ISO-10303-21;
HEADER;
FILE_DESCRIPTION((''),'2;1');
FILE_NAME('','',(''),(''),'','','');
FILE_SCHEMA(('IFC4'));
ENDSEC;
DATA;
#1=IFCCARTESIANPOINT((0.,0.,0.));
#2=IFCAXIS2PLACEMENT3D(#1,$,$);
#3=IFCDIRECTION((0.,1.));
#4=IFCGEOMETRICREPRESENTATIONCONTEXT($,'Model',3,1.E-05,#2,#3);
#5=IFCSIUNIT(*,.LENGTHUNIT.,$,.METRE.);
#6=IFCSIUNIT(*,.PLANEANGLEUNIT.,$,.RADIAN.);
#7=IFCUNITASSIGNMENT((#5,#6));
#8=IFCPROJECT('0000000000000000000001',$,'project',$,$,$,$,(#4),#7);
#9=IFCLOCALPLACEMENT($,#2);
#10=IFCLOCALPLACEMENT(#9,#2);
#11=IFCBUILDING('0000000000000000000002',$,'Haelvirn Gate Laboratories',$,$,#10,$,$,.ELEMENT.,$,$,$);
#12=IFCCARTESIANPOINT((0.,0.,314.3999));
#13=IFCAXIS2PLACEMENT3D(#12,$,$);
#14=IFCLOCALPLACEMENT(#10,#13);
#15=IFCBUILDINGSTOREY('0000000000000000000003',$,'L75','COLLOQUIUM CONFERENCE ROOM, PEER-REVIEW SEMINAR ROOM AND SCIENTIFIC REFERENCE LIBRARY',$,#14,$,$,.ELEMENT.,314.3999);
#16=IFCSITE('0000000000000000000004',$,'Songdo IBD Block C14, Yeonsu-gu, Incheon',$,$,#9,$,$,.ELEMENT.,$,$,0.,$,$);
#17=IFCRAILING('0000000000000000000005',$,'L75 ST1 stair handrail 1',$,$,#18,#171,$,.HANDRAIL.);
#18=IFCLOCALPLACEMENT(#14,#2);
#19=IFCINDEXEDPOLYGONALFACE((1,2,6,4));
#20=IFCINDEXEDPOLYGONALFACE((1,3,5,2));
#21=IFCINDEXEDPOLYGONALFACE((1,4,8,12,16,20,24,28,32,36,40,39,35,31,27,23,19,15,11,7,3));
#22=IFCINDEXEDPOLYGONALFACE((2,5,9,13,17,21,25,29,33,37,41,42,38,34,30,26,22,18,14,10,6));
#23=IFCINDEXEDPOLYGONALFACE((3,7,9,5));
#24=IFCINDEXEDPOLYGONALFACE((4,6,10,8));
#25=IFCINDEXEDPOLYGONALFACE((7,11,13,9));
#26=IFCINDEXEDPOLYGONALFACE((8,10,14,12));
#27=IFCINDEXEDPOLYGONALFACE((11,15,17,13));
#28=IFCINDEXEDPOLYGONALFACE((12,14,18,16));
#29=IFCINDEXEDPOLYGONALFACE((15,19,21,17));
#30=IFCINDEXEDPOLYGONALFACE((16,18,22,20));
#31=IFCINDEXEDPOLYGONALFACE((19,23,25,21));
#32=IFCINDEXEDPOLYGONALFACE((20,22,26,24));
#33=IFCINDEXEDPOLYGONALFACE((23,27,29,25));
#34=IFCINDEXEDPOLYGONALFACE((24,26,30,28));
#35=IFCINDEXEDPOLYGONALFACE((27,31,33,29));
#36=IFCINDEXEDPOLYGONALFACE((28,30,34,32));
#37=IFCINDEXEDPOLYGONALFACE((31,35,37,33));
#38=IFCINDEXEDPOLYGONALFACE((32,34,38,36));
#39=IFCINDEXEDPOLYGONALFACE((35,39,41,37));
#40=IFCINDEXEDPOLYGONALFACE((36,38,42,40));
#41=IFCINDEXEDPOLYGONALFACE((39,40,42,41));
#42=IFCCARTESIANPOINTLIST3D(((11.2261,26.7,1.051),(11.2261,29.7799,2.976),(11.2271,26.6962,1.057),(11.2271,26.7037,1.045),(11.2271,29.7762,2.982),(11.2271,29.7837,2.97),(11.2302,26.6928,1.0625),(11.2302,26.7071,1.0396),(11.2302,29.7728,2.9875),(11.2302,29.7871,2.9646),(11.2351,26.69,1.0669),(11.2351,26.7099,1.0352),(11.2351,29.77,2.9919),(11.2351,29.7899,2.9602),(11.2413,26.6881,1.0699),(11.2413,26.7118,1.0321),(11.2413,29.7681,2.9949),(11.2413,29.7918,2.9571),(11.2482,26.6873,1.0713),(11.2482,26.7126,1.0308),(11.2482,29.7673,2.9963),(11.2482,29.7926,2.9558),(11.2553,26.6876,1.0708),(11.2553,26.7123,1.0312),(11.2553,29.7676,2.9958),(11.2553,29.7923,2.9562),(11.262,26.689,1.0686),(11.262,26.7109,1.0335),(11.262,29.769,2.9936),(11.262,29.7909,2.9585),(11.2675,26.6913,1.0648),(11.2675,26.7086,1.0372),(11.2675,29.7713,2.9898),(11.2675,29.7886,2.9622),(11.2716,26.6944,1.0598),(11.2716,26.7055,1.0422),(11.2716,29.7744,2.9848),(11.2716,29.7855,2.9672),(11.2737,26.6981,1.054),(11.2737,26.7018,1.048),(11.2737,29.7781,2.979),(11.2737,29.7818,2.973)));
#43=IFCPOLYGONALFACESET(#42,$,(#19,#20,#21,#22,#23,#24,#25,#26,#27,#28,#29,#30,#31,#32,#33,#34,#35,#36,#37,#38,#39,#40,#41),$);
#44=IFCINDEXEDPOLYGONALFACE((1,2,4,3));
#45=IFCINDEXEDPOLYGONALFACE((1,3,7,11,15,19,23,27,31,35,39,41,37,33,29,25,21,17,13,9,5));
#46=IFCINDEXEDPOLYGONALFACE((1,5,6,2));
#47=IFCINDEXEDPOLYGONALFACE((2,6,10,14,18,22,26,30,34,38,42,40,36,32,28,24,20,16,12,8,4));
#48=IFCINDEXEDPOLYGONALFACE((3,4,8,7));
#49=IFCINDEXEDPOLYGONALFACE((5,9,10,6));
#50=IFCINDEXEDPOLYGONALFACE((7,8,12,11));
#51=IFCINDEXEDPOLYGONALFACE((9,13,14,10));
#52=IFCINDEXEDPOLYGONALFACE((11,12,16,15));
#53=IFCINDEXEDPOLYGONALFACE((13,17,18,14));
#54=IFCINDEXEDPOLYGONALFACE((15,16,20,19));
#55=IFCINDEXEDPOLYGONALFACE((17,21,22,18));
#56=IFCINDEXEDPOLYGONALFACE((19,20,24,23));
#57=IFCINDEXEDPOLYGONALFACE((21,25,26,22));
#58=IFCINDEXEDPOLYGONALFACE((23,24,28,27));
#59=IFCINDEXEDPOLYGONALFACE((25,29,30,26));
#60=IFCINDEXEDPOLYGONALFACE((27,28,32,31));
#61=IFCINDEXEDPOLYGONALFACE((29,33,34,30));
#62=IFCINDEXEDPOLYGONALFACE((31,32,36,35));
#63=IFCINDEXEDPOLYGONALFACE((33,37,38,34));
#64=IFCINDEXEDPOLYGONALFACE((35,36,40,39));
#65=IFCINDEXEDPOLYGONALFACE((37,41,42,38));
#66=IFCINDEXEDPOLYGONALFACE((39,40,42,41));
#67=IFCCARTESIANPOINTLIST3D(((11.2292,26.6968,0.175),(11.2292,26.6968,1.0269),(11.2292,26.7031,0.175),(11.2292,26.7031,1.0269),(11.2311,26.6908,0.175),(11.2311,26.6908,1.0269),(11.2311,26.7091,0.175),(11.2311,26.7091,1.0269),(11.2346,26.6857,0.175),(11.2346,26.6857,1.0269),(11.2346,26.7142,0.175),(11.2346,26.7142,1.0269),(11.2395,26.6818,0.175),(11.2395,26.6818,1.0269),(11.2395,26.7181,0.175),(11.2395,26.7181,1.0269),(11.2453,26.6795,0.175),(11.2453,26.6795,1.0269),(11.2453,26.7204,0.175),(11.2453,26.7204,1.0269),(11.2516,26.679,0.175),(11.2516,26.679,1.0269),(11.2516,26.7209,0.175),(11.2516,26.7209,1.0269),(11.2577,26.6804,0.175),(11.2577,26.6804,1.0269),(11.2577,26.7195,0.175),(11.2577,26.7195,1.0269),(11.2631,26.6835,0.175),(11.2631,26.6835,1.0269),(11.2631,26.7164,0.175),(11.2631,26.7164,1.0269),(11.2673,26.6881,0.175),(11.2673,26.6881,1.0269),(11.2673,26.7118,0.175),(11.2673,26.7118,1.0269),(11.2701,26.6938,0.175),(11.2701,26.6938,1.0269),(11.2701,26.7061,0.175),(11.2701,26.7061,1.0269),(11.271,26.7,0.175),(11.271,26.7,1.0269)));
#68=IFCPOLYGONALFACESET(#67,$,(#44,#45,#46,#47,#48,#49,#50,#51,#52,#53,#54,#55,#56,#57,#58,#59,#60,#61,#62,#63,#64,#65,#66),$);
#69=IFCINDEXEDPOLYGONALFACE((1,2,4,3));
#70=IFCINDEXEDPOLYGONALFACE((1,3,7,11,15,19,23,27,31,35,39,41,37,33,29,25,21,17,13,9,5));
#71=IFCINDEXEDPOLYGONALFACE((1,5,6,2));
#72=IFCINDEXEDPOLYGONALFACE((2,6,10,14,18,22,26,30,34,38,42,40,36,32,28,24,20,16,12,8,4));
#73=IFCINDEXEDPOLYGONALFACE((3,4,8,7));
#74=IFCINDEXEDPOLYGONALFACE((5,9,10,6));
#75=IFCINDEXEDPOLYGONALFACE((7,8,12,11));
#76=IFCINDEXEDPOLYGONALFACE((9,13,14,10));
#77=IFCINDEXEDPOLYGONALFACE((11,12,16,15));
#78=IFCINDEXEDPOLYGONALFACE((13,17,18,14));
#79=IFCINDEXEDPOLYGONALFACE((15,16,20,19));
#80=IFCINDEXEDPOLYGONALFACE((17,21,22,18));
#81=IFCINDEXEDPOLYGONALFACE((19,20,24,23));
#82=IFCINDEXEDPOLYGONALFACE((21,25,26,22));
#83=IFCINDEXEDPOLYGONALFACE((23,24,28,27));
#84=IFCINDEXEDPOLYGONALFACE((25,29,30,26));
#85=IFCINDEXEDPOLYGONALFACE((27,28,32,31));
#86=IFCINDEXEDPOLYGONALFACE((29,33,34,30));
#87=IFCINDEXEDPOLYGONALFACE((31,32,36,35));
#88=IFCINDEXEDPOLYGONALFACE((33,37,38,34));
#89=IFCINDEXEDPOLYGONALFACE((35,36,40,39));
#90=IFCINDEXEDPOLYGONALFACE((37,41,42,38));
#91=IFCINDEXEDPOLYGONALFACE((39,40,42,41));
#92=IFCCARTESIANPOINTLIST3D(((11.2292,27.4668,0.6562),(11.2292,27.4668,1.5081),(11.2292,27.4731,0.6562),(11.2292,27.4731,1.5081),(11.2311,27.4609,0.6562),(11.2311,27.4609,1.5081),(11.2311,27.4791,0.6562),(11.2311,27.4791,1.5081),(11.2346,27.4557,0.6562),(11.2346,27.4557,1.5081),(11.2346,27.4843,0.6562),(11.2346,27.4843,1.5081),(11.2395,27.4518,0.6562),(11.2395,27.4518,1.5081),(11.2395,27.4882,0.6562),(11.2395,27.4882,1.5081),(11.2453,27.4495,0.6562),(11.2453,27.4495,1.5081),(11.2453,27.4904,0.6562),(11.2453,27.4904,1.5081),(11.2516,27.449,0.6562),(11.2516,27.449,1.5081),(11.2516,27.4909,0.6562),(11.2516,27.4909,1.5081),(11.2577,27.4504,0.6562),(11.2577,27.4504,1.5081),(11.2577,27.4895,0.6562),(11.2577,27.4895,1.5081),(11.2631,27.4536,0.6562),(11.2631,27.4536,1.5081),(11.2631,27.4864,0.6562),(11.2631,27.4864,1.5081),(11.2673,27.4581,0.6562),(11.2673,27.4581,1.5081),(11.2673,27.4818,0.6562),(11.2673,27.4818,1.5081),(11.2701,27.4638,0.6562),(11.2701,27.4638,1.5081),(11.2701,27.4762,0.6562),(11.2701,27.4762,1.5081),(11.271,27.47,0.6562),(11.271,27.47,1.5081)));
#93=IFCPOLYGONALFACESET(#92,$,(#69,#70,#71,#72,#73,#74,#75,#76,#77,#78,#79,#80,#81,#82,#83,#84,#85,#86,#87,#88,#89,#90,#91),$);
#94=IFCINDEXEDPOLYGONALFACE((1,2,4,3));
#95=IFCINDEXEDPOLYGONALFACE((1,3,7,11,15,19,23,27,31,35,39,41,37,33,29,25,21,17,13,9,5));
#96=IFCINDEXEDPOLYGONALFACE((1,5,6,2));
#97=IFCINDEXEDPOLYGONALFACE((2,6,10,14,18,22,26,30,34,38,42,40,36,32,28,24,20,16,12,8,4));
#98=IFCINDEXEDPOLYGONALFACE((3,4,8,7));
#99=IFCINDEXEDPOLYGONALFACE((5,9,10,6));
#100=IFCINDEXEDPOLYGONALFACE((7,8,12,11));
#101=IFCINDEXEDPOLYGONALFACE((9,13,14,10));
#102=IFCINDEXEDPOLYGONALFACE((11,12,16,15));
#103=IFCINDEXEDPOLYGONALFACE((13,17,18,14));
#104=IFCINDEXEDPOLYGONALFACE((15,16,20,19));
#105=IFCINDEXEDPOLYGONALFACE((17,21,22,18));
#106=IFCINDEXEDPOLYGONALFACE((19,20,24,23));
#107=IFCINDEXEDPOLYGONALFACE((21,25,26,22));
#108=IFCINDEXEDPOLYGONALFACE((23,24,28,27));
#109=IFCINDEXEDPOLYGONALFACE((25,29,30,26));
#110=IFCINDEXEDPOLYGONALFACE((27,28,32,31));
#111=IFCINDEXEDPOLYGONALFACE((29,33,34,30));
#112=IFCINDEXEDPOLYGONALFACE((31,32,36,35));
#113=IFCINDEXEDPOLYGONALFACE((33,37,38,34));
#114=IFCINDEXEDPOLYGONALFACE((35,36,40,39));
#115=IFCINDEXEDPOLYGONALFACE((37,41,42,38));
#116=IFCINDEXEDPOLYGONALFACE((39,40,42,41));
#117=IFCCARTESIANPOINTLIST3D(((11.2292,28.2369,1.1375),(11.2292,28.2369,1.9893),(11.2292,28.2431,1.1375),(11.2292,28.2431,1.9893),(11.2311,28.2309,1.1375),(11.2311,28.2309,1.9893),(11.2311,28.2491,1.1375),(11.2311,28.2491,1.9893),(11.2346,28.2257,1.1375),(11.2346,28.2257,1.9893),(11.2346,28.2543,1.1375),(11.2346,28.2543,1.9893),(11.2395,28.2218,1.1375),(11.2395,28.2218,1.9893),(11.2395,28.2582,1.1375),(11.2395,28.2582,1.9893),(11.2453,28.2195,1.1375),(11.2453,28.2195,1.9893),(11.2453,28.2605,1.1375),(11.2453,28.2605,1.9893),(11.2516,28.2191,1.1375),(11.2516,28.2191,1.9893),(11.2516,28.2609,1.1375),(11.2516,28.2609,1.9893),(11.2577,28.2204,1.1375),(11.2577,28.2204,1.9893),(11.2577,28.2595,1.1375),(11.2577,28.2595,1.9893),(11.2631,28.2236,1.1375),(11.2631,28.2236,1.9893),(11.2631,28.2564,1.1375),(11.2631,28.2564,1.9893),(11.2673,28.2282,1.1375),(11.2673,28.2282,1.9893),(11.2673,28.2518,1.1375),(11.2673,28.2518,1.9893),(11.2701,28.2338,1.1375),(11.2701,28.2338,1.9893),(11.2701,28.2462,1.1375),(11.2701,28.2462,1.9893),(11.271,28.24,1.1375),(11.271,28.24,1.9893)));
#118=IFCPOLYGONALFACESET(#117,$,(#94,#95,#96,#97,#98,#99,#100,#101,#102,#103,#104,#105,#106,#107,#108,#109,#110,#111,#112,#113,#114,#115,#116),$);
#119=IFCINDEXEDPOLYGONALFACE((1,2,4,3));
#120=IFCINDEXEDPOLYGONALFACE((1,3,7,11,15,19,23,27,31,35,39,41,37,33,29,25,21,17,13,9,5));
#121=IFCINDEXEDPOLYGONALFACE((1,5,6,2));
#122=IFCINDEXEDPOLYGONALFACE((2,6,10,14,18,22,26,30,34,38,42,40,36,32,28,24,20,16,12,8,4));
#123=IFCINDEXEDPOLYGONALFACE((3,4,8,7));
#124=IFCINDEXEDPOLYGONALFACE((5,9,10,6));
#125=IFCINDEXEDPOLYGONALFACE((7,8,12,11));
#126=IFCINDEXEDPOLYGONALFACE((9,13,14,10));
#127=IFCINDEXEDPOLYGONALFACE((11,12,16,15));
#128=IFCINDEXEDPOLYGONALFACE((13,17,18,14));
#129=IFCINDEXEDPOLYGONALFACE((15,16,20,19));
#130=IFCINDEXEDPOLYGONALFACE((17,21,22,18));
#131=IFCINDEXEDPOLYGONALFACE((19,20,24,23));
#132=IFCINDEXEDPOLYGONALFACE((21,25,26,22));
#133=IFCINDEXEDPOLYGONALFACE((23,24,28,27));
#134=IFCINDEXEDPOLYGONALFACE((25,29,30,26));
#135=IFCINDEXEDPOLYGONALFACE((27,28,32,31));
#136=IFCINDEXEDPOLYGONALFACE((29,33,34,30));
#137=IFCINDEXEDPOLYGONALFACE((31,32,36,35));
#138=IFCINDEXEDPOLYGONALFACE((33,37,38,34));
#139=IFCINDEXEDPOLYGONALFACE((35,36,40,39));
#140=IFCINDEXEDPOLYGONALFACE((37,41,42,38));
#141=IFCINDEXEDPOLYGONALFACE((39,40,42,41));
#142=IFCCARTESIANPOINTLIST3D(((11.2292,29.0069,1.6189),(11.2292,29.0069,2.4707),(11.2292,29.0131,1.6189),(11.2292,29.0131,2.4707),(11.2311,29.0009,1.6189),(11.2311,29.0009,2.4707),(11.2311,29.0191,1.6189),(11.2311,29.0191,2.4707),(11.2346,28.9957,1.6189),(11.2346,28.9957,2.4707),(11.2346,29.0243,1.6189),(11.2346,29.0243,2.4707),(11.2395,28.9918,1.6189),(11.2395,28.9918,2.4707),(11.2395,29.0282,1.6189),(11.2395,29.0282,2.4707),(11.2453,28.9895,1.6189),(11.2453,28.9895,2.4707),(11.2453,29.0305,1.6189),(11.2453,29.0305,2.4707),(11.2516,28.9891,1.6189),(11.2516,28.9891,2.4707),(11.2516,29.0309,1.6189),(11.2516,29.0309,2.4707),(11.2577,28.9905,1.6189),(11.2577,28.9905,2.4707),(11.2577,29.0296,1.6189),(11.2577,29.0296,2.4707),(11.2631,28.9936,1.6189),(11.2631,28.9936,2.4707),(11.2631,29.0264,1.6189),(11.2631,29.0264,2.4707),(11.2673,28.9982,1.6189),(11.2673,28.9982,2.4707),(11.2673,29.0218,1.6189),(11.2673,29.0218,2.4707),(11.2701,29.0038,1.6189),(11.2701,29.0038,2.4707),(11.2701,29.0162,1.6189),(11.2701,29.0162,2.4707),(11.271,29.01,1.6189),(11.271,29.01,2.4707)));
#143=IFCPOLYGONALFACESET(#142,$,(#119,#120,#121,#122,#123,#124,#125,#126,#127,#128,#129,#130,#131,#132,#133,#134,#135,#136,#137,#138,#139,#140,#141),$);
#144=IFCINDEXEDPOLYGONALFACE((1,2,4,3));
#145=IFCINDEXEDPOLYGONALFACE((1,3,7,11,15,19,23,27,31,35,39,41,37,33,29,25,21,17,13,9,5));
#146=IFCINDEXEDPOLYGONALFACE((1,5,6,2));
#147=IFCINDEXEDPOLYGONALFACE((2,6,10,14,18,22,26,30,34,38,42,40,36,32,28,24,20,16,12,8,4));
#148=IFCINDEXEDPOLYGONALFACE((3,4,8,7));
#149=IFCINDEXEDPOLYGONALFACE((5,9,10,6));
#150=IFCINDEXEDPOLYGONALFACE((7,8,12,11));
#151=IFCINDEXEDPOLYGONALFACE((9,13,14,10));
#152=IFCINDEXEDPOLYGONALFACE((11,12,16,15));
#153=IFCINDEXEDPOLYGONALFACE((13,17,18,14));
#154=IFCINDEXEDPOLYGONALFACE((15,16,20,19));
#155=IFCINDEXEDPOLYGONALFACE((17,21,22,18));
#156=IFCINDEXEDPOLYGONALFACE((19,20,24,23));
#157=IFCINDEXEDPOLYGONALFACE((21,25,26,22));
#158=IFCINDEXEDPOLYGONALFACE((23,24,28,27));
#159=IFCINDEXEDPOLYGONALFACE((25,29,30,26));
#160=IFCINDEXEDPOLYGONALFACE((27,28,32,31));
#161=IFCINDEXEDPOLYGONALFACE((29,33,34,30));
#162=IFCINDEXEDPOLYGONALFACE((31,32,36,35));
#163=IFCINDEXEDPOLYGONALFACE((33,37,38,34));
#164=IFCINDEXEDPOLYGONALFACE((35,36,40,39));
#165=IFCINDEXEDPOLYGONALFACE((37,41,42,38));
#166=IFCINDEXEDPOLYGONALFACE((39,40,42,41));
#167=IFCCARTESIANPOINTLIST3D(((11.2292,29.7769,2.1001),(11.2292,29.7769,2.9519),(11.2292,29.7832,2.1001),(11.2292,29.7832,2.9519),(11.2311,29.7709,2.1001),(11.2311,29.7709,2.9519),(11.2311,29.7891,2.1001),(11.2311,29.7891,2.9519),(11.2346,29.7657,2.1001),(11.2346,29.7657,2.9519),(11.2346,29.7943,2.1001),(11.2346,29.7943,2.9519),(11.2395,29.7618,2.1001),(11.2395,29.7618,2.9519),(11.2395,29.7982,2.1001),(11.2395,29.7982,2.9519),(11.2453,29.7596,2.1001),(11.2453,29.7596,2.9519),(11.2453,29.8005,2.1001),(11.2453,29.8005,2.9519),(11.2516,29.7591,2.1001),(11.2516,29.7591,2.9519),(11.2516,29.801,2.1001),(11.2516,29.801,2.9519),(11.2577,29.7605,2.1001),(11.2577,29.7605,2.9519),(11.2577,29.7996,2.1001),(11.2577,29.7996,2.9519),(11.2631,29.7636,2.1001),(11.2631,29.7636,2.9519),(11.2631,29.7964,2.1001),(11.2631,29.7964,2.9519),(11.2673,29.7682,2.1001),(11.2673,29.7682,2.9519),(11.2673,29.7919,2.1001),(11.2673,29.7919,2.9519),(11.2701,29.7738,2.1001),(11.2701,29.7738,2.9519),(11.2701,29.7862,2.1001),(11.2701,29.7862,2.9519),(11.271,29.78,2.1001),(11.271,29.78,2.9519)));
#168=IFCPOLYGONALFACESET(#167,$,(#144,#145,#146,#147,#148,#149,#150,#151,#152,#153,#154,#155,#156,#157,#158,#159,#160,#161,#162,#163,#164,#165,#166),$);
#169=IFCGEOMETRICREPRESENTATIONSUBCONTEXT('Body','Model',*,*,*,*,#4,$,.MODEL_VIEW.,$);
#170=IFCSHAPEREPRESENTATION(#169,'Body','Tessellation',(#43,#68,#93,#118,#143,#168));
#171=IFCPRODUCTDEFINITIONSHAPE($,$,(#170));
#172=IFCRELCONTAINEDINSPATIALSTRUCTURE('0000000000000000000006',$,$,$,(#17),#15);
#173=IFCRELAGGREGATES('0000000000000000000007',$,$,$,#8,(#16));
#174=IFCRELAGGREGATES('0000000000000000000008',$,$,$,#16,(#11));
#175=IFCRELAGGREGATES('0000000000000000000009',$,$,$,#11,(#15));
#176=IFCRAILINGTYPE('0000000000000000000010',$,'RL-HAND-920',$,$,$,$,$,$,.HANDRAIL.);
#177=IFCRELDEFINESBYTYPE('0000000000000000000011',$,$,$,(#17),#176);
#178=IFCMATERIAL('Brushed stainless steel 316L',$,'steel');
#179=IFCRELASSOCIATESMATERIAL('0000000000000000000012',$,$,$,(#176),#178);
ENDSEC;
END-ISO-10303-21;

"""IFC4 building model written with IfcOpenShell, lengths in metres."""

from ifc_helpers import new_model, si_unit, direction, frame, origin, origin_2d, place, context, subcontext, project, spatial, circle, extrude, source, transform, mapped, material, type_object, element, save


model = new_model("IFC4")

# Units and contexts
model_context = context("Model", 3, precision=1e-05, world=origin(), true_north=direction((0.0, 1.0)))
body_context = subcontext(model_context, "Body", "Model", "MODEL_VIEW")
ifc_project = project(units=[si_unit("LENGTHUNIT", "METRE"), si_unit("PLANEANGLEUNIT", "RADIAN")], contexts=[model_context])

# Site, building, storey
site_placement = place(None, origin())
site = spatial("IfcSite", under=ifc_project, at=site_placement, Name="Songdo IBD Block C14, Yeonsu-gu, Incheon", CompositionType="ELEMENT", RefElevation=0.0)
building_placement = place(site_placement, origin())
building = spatial("IfcBuilding", under=site, at=building_placement, Name="Haelvirn Gate Laboratories", CompositionType="ELEMENT")
storey_placement = place(building_placement, frame((0.0, 0.0, 314.3999)))
storey = spatial("IfcBuildingStorey", under=building, at=storey_placement, Name="L75", Description="COLLOQUIUM CONFERENCE ROOM, PEER-REVIEW SEMINAR ROOM AND SCIENTIFIC REFERENCE LIBRARY", CompositionType="ELEMENT", Elevation=314.3999)

# Railing
ifc_material_1 = material(Name="Brushed stainless steel 316L", Category="steel")
railing_type_1 = type_object("IfcRailingType", Name="RL-HAND-920", PredefinedType="HANDRAIL", material=ifc_material_1)
shared_shape_1 = source(origin(), body_context, "Body", "SweptSolid", [
    extrude(circle(Radius=0.0239, at=origin_2d()), frame((0.0, 0.0, 0.876), z_axis=(0.0, 0.847998, 0.529999), x_axis=(-1.0, 0.0, 0.0)), (0.0, 0.0, 1.0), 3.6321),
    extrude(circle(Radius=0.021, at=origin_2d()), origin(), (0.0, 0.0, 1.0), 0.8518),
    extrude(circle(Radius=0.021, at=origin_2d()), frame((0.0, 0.77, 0.4812)), (0.0, 0.0, 1.0), 0.8518),
    extrude(circle(Radius=0.021, at=origin_2d()), frame((0.0, 1.54, 0.9624)), (0.0, 0.0, 1.0), 0.8518),
    extrude(circle(Radius=0.021, at=origin_2d()), frame((0.0, 2.3101, 1.4438)), (0.0, 0.0, 1.0), 0.8518),
    extrude(circle(Radius=0.021, at=origin_2d()), frame((0.0, 3.0801, 1.925)), (0.0, 0.0, 1.0), 0.8518),
])
railing_1_placement = place(storey_placement, frame((11.25, 26.7, 0.175)))
element("IfcRailing", 1, at=railing_1_placement, inside=storey, type_object=railing_type_1, Name="L75 ST1 stair handrail 1", PredefinedType="HANDRAIL", context=body_context, shape_type="MappedRepresentation", body=[
    mapped(shared_shape_1, transform((0.0, 0.0, 0.0), scale=1.0)),
])

save(model, "model.ifc")
